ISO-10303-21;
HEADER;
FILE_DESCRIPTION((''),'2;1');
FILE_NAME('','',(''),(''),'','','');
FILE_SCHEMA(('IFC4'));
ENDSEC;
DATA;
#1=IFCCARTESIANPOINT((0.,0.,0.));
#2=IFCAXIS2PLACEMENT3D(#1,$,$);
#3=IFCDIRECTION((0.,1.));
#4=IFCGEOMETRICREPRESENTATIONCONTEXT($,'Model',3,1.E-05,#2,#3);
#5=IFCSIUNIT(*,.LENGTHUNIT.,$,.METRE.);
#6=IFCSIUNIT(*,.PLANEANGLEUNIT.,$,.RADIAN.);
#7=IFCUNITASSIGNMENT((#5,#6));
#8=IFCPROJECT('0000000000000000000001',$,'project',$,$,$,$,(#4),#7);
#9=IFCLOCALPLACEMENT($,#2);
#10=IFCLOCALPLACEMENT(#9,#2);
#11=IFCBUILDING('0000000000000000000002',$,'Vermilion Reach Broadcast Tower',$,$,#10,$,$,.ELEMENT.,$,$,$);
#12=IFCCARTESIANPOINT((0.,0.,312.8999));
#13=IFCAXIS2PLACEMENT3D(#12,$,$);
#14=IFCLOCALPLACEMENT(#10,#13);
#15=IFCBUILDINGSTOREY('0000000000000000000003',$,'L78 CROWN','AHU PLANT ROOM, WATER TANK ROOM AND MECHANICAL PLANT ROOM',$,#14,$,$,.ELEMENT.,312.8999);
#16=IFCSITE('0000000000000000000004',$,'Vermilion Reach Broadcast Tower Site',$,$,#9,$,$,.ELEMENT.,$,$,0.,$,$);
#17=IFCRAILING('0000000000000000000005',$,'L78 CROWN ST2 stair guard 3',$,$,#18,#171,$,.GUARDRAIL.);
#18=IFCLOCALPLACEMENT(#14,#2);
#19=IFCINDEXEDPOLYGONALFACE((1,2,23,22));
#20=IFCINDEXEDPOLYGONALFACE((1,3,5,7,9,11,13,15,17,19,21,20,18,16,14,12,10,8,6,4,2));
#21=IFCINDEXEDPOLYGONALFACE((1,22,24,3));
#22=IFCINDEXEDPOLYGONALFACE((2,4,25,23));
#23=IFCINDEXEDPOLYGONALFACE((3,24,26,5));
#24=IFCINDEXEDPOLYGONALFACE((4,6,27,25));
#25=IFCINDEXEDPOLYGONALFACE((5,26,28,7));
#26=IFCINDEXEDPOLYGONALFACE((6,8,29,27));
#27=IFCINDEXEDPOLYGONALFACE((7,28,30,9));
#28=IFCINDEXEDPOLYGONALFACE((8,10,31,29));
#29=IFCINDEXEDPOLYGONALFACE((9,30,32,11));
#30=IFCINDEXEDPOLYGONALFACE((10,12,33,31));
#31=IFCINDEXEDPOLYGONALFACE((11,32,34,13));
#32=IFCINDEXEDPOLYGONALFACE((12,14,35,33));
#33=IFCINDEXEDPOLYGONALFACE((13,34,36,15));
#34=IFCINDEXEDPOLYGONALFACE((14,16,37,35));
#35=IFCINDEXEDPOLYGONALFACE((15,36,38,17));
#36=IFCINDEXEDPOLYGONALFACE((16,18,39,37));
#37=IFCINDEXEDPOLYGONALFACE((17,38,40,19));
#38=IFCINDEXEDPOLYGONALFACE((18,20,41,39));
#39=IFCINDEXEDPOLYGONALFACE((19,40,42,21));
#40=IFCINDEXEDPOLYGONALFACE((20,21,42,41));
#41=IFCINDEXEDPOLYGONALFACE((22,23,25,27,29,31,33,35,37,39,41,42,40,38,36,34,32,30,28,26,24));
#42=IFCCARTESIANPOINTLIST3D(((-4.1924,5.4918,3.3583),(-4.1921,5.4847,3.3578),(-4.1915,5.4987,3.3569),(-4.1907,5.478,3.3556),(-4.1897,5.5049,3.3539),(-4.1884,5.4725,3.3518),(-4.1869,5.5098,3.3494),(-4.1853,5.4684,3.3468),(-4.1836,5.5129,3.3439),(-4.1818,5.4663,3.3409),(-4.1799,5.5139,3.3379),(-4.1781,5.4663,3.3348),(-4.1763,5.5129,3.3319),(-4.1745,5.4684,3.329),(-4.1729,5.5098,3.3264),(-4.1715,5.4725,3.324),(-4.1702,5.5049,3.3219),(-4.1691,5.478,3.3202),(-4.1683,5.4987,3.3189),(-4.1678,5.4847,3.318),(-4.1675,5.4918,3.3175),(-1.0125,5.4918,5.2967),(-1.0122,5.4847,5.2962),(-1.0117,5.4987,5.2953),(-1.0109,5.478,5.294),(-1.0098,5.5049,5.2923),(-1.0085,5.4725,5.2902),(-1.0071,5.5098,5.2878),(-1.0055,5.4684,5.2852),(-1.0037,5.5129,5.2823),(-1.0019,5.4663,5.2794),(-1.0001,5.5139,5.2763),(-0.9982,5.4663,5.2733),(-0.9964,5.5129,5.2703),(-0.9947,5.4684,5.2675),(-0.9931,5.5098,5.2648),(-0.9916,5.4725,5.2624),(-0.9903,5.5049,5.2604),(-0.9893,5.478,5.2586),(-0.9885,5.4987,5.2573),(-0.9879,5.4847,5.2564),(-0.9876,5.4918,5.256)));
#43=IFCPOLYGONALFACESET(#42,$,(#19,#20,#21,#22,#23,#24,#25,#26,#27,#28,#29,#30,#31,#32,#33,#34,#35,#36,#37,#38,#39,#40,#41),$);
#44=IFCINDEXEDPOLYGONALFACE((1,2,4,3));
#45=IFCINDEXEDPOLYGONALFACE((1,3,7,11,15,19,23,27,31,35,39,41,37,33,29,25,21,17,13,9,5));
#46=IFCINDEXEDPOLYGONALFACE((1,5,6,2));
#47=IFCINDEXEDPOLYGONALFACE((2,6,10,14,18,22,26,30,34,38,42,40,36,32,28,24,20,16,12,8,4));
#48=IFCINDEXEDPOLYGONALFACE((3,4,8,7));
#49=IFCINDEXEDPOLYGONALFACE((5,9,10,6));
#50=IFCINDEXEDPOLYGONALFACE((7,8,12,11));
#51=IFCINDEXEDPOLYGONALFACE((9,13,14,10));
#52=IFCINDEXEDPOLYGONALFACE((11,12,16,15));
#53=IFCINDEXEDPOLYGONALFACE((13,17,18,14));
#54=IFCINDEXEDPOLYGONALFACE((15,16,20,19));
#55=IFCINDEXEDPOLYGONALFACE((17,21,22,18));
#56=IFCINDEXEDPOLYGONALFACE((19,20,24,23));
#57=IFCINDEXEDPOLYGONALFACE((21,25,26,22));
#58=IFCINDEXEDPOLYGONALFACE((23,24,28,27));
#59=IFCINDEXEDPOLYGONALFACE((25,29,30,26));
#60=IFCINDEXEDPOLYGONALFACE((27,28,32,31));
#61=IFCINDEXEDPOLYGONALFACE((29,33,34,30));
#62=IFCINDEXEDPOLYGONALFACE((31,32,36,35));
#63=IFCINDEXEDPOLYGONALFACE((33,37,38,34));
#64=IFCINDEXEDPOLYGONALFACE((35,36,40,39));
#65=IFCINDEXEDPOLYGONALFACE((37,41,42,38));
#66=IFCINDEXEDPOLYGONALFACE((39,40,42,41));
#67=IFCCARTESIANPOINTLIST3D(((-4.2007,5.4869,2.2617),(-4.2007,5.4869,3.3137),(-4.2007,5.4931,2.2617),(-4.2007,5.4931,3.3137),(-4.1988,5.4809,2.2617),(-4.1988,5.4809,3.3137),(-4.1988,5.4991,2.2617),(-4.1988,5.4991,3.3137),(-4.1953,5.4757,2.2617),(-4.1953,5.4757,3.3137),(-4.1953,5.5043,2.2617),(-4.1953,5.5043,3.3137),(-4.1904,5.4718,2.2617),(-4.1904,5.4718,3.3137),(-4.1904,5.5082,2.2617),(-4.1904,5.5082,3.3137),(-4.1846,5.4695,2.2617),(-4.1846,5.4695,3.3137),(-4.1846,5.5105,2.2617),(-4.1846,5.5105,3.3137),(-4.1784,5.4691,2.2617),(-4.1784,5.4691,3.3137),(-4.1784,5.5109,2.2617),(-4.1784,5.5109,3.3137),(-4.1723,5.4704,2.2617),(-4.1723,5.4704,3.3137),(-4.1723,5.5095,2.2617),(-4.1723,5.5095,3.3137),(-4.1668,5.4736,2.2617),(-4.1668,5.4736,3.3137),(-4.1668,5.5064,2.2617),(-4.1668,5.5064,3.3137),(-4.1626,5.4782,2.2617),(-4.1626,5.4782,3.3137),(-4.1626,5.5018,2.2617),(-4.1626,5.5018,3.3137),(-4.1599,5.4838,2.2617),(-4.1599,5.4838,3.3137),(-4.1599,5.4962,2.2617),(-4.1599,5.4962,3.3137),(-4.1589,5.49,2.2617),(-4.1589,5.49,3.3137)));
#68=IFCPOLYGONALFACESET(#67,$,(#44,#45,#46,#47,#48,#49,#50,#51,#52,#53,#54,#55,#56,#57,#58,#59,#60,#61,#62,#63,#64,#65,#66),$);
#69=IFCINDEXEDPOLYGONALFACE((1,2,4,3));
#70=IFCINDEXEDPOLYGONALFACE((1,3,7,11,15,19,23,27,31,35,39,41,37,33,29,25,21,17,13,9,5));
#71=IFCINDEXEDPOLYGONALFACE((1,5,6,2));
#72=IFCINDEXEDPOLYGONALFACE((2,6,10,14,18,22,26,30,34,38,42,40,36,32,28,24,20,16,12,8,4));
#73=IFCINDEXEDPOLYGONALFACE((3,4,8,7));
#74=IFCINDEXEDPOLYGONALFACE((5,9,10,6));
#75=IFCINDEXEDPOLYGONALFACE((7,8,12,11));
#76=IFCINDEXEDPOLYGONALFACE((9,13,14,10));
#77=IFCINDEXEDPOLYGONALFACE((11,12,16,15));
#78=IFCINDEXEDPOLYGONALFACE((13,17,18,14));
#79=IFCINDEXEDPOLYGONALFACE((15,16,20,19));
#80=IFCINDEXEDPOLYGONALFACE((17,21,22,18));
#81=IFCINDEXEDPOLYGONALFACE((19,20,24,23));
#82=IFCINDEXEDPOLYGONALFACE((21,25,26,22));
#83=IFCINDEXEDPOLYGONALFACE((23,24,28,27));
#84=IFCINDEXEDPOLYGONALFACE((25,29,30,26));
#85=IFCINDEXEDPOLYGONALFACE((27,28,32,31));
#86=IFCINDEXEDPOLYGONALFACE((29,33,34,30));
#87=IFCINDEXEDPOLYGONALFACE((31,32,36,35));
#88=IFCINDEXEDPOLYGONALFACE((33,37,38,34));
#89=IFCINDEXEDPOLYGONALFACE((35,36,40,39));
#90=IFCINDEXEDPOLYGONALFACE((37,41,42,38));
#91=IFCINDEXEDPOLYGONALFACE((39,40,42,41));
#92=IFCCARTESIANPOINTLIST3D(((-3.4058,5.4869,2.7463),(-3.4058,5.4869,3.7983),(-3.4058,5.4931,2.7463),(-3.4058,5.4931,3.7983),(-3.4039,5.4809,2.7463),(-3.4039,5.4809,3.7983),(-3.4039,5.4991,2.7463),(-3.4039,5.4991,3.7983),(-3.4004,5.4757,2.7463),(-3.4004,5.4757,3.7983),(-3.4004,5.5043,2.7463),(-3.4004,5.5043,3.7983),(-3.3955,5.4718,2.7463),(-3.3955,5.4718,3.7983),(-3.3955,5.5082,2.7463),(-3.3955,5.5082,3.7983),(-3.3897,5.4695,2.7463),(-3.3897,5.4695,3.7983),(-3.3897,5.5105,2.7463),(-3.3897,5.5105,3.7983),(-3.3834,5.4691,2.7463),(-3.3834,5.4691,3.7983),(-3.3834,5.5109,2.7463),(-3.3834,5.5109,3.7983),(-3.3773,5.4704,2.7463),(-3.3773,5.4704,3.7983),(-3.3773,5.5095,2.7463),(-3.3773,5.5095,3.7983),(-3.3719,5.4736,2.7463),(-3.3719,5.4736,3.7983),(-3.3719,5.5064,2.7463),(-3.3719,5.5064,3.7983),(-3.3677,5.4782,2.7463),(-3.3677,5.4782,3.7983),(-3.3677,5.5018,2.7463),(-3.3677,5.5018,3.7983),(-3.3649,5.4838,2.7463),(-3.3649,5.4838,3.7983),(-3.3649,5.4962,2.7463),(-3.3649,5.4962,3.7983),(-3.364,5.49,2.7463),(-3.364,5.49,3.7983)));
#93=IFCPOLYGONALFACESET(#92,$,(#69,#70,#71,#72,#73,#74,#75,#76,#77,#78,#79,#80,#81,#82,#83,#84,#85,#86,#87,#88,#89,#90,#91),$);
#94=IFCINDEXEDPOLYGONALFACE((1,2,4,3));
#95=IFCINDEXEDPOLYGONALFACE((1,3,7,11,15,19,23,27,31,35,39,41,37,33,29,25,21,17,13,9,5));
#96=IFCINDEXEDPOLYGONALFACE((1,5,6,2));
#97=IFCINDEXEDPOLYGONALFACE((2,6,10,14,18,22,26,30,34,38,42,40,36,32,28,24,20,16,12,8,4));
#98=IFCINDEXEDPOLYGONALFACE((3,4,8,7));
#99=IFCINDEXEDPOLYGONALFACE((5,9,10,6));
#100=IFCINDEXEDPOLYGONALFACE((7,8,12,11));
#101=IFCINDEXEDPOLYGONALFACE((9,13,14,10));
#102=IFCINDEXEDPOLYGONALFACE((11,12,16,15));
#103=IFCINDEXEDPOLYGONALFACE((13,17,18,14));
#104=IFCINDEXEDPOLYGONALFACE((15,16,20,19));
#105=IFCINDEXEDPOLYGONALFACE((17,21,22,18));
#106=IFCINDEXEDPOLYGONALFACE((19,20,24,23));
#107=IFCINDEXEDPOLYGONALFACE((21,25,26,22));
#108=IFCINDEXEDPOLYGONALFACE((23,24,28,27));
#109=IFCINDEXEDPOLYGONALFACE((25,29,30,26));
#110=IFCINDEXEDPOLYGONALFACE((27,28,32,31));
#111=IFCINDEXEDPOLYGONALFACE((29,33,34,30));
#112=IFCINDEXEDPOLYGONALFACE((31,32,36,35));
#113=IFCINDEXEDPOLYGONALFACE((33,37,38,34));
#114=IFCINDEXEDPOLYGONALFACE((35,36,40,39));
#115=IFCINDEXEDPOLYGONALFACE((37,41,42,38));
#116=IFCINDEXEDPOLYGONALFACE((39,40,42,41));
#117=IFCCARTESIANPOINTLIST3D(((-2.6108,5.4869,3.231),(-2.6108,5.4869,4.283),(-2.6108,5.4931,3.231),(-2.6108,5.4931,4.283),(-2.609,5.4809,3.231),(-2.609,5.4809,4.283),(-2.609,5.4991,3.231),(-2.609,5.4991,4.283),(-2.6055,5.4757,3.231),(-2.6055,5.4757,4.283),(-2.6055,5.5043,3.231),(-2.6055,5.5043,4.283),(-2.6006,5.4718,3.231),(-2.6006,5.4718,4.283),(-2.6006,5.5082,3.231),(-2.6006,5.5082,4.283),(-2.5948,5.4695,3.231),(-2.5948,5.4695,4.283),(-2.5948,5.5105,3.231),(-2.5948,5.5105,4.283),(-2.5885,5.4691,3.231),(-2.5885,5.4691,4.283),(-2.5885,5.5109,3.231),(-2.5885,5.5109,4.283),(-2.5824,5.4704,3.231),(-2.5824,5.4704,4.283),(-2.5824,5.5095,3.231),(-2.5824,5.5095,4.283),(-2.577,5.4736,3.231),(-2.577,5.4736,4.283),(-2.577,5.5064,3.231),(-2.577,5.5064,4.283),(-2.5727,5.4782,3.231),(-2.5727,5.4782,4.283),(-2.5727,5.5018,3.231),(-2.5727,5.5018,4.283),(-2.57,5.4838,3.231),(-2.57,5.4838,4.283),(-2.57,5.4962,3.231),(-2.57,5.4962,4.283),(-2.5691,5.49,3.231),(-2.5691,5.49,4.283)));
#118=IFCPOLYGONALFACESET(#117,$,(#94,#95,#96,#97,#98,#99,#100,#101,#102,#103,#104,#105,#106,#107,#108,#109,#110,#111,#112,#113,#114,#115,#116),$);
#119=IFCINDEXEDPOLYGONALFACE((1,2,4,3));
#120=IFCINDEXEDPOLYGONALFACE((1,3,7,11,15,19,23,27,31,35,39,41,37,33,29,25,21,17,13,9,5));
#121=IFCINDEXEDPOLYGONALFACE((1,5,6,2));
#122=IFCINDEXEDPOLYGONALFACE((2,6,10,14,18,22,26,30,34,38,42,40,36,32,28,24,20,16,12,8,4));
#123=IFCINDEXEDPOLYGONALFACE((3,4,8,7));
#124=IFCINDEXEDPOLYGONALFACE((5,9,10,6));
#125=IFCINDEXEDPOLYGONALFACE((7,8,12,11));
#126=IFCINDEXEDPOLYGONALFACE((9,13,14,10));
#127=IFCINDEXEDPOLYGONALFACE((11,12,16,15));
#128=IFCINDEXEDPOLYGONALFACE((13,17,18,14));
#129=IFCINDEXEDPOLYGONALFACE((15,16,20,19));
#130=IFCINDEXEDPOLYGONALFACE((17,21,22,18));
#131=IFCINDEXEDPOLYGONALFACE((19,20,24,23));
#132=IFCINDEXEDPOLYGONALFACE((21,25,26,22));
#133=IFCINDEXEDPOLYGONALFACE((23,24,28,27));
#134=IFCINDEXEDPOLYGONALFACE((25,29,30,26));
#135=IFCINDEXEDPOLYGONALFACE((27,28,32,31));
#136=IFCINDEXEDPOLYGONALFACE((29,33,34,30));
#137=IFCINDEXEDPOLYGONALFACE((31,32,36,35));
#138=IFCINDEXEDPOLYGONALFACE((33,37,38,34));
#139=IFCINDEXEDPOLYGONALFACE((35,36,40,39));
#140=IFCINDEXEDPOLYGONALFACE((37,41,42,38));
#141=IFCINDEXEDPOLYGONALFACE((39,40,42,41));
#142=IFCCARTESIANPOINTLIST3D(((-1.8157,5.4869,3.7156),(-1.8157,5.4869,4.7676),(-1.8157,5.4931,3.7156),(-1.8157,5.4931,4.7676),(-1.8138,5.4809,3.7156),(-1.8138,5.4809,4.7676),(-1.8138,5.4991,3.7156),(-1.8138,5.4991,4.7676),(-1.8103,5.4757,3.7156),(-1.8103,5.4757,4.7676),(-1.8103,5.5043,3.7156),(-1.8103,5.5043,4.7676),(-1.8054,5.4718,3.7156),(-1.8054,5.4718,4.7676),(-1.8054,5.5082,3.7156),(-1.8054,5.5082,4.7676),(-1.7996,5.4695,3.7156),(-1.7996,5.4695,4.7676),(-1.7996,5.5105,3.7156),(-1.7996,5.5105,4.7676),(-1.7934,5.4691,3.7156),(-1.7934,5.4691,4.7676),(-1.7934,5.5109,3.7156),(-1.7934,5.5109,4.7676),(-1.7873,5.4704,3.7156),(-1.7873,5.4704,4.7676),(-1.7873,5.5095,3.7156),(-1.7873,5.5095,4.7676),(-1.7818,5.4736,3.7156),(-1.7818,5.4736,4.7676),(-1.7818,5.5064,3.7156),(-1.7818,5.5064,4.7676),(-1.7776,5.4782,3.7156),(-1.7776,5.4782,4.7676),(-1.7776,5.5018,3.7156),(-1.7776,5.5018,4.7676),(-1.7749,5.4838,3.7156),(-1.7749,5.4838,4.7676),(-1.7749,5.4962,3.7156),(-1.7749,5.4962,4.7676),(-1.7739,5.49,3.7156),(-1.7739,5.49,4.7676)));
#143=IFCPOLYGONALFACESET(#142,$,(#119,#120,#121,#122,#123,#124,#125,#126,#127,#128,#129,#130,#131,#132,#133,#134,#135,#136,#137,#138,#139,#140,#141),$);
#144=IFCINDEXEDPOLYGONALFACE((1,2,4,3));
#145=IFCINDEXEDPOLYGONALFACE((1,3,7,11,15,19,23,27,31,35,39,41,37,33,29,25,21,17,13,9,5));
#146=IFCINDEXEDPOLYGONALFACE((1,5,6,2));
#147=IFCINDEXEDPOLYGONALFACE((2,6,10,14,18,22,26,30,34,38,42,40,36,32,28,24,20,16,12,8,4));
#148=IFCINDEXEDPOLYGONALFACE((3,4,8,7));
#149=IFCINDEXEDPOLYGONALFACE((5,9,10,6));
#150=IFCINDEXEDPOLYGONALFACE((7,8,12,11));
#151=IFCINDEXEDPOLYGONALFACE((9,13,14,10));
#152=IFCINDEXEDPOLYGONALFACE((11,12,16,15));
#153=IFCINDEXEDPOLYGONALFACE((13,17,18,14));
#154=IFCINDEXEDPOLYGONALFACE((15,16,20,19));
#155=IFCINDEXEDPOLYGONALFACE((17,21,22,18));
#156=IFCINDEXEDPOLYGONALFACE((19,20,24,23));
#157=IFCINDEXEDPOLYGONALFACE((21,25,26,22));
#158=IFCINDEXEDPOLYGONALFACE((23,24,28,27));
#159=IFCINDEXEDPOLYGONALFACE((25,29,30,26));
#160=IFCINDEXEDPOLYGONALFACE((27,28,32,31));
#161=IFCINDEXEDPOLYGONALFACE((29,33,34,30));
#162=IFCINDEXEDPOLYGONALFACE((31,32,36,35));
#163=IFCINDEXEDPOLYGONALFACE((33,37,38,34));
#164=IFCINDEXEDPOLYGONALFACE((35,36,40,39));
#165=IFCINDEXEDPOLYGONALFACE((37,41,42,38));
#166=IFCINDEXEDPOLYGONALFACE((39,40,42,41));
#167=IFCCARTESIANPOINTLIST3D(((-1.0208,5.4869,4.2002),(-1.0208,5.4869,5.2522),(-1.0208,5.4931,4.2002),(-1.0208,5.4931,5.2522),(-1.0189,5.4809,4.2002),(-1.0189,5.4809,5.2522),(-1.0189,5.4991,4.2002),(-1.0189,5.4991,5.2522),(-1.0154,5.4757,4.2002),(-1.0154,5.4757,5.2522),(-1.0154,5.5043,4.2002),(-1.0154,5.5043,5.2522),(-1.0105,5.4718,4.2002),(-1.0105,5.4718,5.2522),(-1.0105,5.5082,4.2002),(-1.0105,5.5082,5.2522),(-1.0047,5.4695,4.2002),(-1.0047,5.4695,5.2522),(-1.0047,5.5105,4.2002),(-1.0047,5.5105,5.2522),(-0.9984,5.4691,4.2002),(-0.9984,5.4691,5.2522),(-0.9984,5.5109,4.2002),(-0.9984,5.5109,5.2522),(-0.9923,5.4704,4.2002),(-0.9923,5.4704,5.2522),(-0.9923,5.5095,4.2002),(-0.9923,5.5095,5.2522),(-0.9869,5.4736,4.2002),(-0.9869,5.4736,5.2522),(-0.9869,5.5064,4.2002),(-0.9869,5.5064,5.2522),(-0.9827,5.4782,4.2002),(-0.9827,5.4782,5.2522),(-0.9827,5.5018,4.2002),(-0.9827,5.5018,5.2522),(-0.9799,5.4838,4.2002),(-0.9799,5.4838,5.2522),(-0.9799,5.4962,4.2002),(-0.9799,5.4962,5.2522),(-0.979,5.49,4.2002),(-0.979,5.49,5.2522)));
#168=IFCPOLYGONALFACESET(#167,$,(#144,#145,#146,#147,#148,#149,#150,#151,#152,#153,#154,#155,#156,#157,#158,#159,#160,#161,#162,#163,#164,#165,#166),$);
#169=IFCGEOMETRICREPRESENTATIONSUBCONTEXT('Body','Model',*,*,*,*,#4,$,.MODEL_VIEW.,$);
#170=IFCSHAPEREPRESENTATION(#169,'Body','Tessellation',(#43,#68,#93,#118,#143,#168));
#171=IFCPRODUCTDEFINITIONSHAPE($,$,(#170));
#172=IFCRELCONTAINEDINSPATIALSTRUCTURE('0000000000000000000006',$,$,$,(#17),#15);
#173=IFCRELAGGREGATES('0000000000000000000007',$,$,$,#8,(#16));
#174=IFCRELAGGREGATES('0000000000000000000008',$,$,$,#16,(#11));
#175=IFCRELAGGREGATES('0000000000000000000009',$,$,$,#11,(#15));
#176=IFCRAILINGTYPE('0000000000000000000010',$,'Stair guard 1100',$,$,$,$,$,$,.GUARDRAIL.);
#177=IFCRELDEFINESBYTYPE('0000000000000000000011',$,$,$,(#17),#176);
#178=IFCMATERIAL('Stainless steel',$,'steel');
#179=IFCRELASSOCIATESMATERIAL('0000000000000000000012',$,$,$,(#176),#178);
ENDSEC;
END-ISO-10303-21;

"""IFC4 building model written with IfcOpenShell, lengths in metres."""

from ifc_helpers import new_model, si_unit, direction, frame, origin, origin_2d, place, context, subcontext, project, spatial, circle, extrude, material, type_object, element, save


model = new_model("IFC4")

# Units and contexts
model_context = context("Model", 3, precision=1e-05, world=origin(), true_north=direction((0.0, 1.0)))
body_context = subcontext(model_context, "Body", "Model", "MODEL_VIEW")
ifc_project = project(units=[si_unit("LENGTHUNIT", "METRE"), si_unit("PLANEANGLEUNIT", "RADIAN")], contexts=[model_context])

# Site, building, storey
site_placement = place(None, origin())
site = spatial("IfcSite", under=ifc_project, at=site_placement, Name="Vermilion Reach Broadcast Tower Site", CompositionType="ELEMENT", RefElevation=0.0)
building_placement = place(site_placement, origin())
building = spatial("IfcBuilding", under=site, at=building_placement, Name="Vermilion Reach Broadcast Tower", CompositionType="ELEMENT")
storey_placement = place(building_placement, frame((0.0, 0.0, 312.8999)))
storey = spatial("IfcBuildingStorey", under=building, at=storey_placement, Name="L78 CROWN", Description="AHU PLANT ROOM, WATER TANK ROOM AND MECHANICAL PLANT ROOM", CompositionType="ELEMENT", Elevation=312.8999)

# Railing
ifc_material_1 = material(Name="Stainless steel", Category="steel")
railing_type_1 = type_object("IfcRailingType", Name="Stair guard 1100", PredefinedType="GUARDRAIL", material=ifc_material_1)
railing_1_placement = place(storey_placement, frame((-4.1799, 5.49, 2.2617)))
element("IfcRailing", 1, at=railing_1_placement, inside=storey, type_object=railing_type_1, Name="L78 CROWN ST2 stair guard 3", PredefinedType="GUARDRAIL", context=body_context, shape_type="SweptSolid", body=[
    extrude(circle(Radius=0.0239, at=origin_2d()), frame((0.0, 0.0, 1.0762), z_axis=(0.853857, 0.0, 0.520508), x_axis=(0.0, 1.0, 0.0)), (0.0, 0.0, 1.0), 3.7241),
    extrude(circle(Radius=0.021, at=origin_2d()), origin(), (0.0, 0.0, 1.0), 1.052),
    extrude(circle(Radius=0.021, at=origin_2d()), frame((0.7949, 0.0, 0.4846)), (0.0, 0.0, 1.0), 1.052),
    extrude(circle(Radius=0.021, at=origin_2d()), frame((1.5898, 0.0, 0.9692)), (0.0, 0.0, 1.0), 1.052),
    extrude(circle(Radius=0.021, at=origin_2d()), frame((2.385, 0.0, 1.4539)), (0.0, 0.0, 1.0), 1.052),
    extrude(circle(Radius=0.021, at=origin_2d()), frame((3.1799, 0.0, 1.9385)), (0.0, 0.0, 1.0), 1.052),
])

save(model, "model.ifc")
